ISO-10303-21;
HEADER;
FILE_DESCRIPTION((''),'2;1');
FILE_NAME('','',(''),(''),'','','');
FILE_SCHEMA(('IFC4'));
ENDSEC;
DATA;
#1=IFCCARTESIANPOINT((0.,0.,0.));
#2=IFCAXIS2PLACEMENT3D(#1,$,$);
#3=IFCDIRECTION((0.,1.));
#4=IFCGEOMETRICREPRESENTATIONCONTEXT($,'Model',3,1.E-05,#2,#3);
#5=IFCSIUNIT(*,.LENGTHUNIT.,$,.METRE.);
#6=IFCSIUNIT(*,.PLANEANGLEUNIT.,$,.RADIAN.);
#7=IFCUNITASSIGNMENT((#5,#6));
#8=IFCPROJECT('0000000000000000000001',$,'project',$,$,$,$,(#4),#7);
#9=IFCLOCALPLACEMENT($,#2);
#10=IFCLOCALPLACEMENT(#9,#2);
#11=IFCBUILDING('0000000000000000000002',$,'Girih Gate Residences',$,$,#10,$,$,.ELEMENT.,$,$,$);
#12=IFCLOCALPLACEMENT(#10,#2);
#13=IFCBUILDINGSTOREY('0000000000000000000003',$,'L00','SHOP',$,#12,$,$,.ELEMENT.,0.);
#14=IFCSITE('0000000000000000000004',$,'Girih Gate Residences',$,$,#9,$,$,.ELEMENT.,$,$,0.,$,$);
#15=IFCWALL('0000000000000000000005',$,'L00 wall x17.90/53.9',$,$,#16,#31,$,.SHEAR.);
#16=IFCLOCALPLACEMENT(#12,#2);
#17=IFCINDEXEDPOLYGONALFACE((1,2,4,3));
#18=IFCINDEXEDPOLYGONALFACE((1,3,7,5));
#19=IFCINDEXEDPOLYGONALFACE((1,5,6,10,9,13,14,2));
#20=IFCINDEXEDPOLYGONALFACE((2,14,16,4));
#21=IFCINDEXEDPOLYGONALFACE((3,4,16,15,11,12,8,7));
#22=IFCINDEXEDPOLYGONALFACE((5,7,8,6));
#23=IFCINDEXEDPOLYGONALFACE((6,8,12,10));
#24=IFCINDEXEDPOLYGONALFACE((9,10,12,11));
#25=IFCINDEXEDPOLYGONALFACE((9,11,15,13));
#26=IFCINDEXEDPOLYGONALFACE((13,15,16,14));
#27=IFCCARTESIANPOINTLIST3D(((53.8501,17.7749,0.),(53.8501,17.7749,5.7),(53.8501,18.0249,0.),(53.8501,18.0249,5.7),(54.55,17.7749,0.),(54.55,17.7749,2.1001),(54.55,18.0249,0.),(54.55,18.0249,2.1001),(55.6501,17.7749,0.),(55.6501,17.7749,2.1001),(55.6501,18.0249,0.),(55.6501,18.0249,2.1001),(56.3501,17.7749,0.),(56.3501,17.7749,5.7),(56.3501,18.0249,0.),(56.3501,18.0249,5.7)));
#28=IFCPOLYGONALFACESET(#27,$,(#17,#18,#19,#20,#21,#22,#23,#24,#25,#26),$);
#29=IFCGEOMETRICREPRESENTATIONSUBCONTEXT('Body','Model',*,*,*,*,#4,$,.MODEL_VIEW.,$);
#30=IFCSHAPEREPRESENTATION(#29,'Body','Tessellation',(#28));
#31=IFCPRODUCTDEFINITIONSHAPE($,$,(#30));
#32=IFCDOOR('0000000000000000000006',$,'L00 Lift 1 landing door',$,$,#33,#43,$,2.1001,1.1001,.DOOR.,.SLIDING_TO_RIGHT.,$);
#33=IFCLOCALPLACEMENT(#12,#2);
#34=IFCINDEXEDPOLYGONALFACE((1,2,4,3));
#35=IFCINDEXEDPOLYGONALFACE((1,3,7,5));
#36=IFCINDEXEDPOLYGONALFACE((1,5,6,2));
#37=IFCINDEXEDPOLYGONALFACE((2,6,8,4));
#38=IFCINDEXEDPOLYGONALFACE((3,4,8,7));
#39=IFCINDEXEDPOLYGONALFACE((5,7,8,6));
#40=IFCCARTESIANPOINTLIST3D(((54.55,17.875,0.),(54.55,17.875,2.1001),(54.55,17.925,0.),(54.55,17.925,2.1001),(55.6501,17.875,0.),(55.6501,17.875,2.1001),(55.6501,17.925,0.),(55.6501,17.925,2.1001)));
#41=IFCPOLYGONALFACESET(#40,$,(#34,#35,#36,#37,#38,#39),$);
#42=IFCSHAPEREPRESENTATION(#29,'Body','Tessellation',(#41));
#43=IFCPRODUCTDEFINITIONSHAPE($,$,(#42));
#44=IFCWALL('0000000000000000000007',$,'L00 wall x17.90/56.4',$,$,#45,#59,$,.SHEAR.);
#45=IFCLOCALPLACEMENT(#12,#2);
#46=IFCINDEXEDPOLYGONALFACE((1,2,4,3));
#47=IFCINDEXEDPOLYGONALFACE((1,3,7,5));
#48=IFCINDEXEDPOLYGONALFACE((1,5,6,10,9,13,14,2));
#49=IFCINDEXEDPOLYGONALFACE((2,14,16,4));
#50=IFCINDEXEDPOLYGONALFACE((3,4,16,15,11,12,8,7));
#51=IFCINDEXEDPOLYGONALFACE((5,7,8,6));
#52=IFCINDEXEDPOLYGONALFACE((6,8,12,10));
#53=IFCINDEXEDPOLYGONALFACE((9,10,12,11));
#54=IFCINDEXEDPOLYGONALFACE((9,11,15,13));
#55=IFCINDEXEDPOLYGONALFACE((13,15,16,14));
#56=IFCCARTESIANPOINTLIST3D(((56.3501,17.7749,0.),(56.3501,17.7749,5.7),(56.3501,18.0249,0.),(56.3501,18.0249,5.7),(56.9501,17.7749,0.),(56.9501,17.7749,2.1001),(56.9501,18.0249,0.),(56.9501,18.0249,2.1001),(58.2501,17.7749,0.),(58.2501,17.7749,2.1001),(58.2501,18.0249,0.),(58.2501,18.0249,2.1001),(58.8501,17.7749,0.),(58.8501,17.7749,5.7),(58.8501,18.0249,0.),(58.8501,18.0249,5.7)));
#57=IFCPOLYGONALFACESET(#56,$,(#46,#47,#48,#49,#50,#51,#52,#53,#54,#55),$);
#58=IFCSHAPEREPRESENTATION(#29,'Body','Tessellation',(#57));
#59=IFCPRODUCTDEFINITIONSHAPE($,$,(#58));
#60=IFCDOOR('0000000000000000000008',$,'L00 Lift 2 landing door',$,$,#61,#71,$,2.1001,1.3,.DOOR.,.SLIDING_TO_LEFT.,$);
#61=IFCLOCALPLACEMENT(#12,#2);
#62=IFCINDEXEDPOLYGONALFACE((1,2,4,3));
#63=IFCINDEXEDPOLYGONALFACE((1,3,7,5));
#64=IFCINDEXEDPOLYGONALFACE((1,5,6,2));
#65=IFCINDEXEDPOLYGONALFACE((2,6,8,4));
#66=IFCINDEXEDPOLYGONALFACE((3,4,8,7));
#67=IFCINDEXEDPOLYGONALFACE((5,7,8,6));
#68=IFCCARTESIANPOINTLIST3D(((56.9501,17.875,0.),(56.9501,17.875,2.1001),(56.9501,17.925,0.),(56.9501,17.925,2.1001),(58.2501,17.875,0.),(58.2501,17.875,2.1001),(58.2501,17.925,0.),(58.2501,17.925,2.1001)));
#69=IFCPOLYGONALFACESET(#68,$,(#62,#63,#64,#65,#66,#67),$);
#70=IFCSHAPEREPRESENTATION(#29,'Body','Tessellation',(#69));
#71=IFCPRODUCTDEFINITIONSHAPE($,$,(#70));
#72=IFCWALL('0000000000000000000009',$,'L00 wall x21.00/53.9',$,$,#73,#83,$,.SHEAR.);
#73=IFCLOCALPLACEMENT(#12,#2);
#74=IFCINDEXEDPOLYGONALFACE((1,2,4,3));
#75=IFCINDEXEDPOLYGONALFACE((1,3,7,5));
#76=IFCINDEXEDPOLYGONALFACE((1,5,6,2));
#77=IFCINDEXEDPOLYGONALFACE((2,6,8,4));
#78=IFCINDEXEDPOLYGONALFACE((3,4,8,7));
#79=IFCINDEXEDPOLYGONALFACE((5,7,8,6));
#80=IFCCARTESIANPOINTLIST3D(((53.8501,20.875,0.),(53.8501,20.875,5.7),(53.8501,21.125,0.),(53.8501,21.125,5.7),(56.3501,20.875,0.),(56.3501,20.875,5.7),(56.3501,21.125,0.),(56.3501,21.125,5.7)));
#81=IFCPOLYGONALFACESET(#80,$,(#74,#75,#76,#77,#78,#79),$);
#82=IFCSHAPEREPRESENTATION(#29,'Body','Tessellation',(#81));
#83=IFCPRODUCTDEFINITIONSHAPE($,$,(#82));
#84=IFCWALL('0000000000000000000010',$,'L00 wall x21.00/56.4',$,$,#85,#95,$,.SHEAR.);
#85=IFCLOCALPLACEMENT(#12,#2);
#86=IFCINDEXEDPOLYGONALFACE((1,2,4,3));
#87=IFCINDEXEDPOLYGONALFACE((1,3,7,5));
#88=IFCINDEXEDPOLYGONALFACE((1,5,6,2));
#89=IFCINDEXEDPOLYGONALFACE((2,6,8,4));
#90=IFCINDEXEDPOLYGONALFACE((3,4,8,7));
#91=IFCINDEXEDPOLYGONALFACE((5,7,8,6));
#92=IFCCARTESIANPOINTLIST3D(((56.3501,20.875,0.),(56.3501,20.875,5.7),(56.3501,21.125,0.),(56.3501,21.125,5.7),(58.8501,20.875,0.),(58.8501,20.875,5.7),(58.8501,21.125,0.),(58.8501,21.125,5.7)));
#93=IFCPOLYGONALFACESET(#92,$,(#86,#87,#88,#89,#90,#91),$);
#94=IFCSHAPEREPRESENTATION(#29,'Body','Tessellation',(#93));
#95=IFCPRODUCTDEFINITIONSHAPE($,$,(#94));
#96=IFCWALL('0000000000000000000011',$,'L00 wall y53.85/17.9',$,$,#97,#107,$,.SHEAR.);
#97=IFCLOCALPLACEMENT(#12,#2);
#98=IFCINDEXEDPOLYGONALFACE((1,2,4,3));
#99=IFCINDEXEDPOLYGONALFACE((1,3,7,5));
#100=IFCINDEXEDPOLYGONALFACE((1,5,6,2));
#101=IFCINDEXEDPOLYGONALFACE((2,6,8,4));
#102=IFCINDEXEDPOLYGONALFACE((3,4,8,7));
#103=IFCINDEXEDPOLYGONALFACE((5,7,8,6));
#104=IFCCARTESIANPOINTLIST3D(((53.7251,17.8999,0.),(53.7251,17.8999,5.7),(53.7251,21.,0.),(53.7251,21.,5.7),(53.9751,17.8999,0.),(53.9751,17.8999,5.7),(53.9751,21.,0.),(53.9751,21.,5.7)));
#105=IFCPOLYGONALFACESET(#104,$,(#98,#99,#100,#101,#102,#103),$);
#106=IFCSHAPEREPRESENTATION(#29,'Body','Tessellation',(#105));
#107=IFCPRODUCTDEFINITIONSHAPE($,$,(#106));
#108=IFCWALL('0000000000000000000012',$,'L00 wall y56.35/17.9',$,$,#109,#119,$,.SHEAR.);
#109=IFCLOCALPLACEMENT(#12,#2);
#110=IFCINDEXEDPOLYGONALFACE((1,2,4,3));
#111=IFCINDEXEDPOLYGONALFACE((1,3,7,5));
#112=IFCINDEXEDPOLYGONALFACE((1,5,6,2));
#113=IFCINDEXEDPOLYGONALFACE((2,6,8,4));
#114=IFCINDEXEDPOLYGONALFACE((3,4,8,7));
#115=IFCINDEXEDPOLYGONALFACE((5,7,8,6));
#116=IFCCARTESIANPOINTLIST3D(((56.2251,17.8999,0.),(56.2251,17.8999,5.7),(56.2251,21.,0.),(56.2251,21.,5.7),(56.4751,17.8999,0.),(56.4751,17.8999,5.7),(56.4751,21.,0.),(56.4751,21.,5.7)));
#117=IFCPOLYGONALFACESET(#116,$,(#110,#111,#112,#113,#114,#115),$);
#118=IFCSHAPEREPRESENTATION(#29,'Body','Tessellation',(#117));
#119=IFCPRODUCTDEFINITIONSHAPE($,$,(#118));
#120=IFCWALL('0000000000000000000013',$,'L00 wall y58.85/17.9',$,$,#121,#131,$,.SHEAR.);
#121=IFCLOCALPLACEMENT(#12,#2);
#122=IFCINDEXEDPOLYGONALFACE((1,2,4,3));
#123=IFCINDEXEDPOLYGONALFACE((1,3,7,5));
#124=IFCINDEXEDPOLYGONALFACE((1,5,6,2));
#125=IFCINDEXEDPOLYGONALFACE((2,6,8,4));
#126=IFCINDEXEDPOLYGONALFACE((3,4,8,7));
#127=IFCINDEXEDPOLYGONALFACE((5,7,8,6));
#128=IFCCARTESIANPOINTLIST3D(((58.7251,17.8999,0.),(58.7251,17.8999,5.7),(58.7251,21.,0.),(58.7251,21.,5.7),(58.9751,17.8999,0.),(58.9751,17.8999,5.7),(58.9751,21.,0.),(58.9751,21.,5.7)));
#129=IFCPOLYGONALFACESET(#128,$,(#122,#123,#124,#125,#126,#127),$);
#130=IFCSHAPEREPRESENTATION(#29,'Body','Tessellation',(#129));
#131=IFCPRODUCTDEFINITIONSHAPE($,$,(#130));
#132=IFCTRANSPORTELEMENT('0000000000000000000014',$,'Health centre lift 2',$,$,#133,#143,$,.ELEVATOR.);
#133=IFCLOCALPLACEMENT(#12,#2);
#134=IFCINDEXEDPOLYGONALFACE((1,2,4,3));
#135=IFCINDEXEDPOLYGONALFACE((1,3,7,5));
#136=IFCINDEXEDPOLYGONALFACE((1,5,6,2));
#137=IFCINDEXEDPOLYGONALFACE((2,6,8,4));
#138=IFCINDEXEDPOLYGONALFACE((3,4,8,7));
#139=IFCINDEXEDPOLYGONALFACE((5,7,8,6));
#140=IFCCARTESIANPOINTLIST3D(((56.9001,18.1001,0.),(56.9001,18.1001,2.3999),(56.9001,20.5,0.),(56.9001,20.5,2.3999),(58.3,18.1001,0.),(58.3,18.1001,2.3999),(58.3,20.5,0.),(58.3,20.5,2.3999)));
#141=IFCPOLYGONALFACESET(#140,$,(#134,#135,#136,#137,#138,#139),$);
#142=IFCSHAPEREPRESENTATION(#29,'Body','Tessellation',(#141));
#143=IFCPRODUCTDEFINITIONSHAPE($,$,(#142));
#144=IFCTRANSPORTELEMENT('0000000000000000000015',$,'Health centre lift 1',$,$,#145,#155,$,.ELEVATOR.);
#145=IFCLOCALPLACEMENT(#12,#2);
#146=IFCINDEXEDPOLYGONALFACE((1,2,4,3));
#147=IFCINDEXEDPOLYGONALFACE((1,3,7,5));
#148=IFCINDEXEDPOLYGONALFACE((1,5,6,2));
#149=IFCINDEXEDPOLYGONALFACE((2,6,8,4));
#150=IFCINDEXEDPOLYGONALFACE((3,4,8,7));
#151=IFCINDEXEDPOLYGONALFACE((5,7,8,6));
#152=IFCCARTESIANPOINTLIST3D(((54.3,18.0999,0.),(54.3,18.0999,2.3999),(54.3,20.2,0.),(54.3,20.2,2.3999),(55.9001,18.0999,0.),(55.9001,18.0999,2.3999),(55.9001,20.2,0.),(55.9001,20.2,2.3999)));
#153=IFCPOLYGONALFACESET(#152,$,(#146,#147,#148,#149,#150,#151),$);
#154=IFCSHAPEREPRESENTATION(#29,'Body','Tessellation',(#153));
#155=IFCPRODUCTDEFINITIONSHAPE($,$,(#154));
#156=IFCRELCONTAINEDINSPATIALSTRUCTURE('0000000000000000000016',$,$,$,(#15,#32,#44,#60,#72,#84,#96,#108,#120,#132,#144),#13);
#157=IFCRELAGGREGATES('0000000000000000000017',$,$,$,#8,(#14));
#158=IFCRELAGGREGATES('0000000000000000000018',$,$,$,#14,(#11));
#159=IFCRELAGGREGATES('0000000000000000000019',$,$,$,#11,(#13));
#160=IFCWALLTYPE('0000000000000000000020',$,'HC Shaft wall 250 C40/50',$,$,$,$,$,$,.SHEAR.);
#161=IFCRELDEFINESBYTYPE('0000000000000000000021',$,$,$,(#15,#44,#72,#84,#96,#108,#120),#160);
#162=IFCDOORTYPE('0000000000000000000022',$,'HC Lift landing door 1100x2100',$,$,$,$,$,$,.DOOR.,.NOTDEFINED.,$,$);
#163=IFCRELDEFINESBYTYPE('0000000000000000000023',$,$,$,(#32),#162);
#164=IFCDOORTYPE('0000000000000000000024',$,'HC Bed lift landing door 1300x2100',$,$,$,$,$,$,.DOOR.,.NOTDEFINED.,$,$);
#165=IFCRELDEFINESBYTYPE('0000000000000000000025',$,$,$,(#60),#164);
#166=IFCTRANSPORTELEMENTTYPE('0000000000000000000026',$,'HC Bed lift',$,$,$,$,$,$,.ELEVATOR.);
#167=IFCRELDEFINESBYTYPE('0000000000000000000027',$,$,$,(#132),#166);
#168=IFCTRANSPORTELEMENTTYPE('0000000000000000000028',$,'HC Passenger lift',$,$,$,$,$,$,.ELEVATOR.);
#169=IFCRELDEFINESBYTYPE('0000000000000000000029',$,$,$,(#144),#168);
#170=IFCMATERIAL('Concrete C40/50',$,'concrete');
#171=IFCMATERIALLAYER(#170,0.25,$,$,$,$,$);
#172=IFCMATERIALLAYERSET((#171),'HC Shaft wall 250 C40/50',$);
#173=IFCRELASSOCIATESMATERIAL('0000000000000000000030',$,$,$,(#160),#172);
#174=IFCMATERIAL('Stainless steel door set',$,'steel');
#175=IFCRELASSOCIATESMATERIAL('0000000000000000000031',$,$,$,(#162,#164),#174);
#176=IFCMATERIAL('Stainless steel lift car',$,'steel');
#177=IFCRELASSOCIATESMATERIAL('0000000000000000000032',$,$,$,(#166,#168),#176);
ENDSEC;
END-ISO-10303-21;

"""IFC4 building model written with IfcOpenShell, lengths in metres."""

from ifc_helpers import new_model, si_unit, direction, frame, frame_2d, origin, origin_2d, place, context, subcontext, project, spatial, rectangle, extrude, material, layer, layer_set, type_object, element, fill, save


model = new_model("IFC4")

# Units and contexts
model_context = context("Model", 3, precision=1e-05, world=origin(), true_north=direction((0.0, 1.0)))
body_context = subcontext(model_context, "Body", "Model", "MODEL_VIEW")
ifc_project = project(units=[si_unit("LENGTHUNIT", "METRE"), si_unit("PLANEANGLEUNIT", "RADIAN")], contexts=[model_context])

# Site, building, storey
site_placement = place(None, origin())
site = spatial("IfcSite", under=ifc_project, at=site_placement, Name="Girih Gate Residences", CompositionType="ELEMENT", RefElevation=0.0)
building_placement = place(site_placement, origin())
building = spatial("IfcBuilding", under=site, at=building_placement, Name="Girih Gate Residences", CompositionType="ELEMENT")
storey_placement = place(building_placement, origin())
storey = spatial("IfcBuildingStorey", under=building, at=storey_placement, Name="L00", Description="SHOP", CompositionType="ELEMENT", Elevation=0.0)

# Shared definitions
ifc_material_1 = material(Name="Concrete C40/50", Category="concrete")

# Walls, openings, doors
ifc_layer_1 = layer(ifc_material_1, 0.25)
ifc_layer_set_1 = layer_set([ifc_layer_1], Name="HC Shaft wall 250 C40/50")
wall_type_1 = type_object("IfcWallType", Name="HC Shaft wall 250 C40/50", PredefinedType="SHEAR", material=ifc_layer_set_1)
wall_1_placement = place(storey_placement, frame((56.3501, 17.8999, 0.0), z_axis=(0.0, 0.0, 1.0), x_axis=(-1.0, 0.0, 0.0)))
wall_1 = element("IfcWall", 1, at=wall_1_placement, inside=storey, type_object=wall_type_1, Name="L00 wall x17.90/53.9", PredefinedType="SHEAR", context=body_context, shape_type="SweptSolid", body=[
    extrude(rectangle(XDim=2.5, YDim=0.25, at=frame_2d((1.25, 0.0))), origin(), (0.0, 0.0, 1.0), 5.7),
])
opening_1_placement = place(wall_1_placement, frame((0.7, 0.0, 0.0)))
opening_1 = element("IfcOpeningElement", 2, at=opening_1_placement, cuts=wall_1, PredefinedType="OPENING", context=body_context, shape_type="SweptSolid", body=[
    extrude(rectangle(XDim=1.1001, YDim=2.1001, at=frame_2d((0.55, 1.05))), frame((0.0, 0.135, 0.0), z_axis=(0.0, -1.0, 0.0), x_axis=(1.0, 0.0, 0.0)), (0.0, 0.0, 1.0), 0.27),
])
ifc_material_2 = material(Name="Stainless steel door set", Category="steel")
door_type_1 = type_object("IfcDoorType", Name="HC Lift landing door 1100x2100", OperationType="NOTDEFINED", PredefinedType="DOOR", material=ifc_material_2)
door_1_placement = place(opening_1_placement, origin())
door_1 = element("IfcDoor", 3, at=door_1_placement, inside=storey, type_object=door_type_1, Name="L00 Lift 1 landing door", OperationType="SLIDING_TO_RIGHT", OverallHeight=2.1001, OverallWidth=1.1001, PredefinedType="DOOR", context=body_context, shape_type="SweptSolid", body=[
    extrude(rectangle(XDim=1.1001, YDim=2.1001, at=frame_2d((0.55, 1.05))), frame((0.0, 0.0249, 0.0), z_axis=(0.0, -1.0, 0.0), x_axis=(1.0, 0.0, 0.0)), (0.0, 0.0, 1.0), 0.05),
])
fill(opening_1, door_1)
wall_2_placement = place(storey_placement, frame((58.8501, 17.8999, 0.0), z_axis=(0.0, 0.0, 1.0), x_axis=(-1.0, 0.0, 0.0)))
wall_2 = element("IfcWall", 4, at=wall_2_placement, inside=storey, type_object=wall_type_1, Name="L00 wall x17.90/56.4", PredefinedType="SHEAR", context=body_context, shape_type="SweptSolid", body=[
    extrude(rectangle(XDim=2.5, YDim=0.25, at=frame_2d((1.25, 0.0))), origin(), (0.0, 0.0, 1.0), 5.7),
])
opening_2_placement = place(wall_2_placement, frame((0.6001, 0.0, 0.0)))
opening_2 = element("IfcOpeningElement", 5, at=opening_2_placement, cuts=wall_2, PredefinedType="OPENING", context=body_context, shape_type="SweptSolid", body=[
    extrude(rectangle(XDim=1.3, YDim=2.1001, at=frame_2d((0.6499, 1.05))), frame((0.0, 0.135, 0.0), z_axis=(0.0, -1.0, 0.0), x_axis=(1.0, 0.0, 0.0)), (0.0, 0.0, 1.0), 0.27),
])
door_type_2 = type_object("IfcDoorType", Name="HC Bed lift landing door 1300x2100", OperationType="NOTDEFINED", PredefinedType="DOOR", material=ifc_material_2)
door_2_placement = place(opening_2_placement, origin())
door_2 = element("IfcDoor", 6, at=door_2_placement, inside=storey, type_object=door_type_2, Name="L00 Lift 2 landing door", OperationType="SLIDING_TO_LEFT", OverallHeight=2.1001, OverallWidth=1.3, PredefinedType="DOOR", context=body_context, shape_type="SweptSolid", body=[
    extrude(rectangle(XDim=1.3, YDim=2.1001, at=frame_2d((0.6499, 1.05))), frame((0.0, 0.0249, 0.0), z_axis=(0.0, -1.0, 0.0), x_axis=(1.0, 0.0, 0.0)), (0.0, 0.0, 1.0), 0.05),
])
fill(opening_2, door_2)

# Walls
for number, where, z_axis, x_axis, name in (
    (7, (53.8501, 21.0, 0.0), (0.0, 0.0, 1.0), (1.0, 0.0, 0.0), "L00 wall x21.00/53.9"),
    (8, (56.3501, 21.0, 0.0), (0.0, 0.0, 1.0), (1.0, 0.0, 0.0), "L00 wall x21.00/56.4"),
):
    element("IfcWall", number, at=place(storey_placement, frame(where, z_axis=z_axis, x_axis=x_axis)), inside=storey, type_object=wall_type_1, Name=name, PredefinedType="SHEAR", context=body_context, shape_type="SweptSolid", body=[
        extrude(rectangle(XDim=2.5, YDim=0.25, at=frame_2d((1.25, 0.0))), origin(), (0.0, 0.0, 1.0), 5.7),
    ])
for number, where, z_axis, x_axis, name in (
    (9, (53.8501, 17.8999, 0.0), (0.0, 0.0, 1.0), (0.0, 1.0, 0.0), "L00 wall y53.85/17.9"),
    (10, (56.3501, 17.8999, 0.0), (0.0, 0.0, 1.0), (0.0, 1.0, 0.0), "L00 wall y56.35/17.9"),
    (11, (58.8501, 17.8999, 0.0), (0.0, 0.0, 1.0), (0.0, 1.0, 0.0), "L00 wall y58.85/17.9"),
):
    element("IfcWall", number, at=place(storey_placement, frame(where, z_axis=z_axis, x_axis=x_axis)), inside=storey, type_object=wall_type_1, Name=name, PredefinedType="SHEAR", context=body_context, shape_type="SweptSolid", body=[
        extrude(rectangle(XDim=3.1001, YDim=0.25, at=frame_2d((1.55, 0.0))), origin(), (0.0, 0.0, 1.0), 5.7),
    ])

# Transport elements
ifc_material_3 = material(Name="Stainless steel lift car", Category="steel")
transport_element_type_1 = type_object("IfcTransportElementType", Name="HC Bed lift", PredefinedType="ELEVATOR", material=ifc_material_3)
transport_element_1_placement = place(storey_placement, frame((57.6001, 19.3, 0.0), z_axis=(0.0, 0.0, 1.0), x_axis=(1.0, 0.0, 0.0)))
element("IfcTransportElement", 12, at=transport_element_1_placement, inside=storey, type_object=transport_element_type_1, Name="Health centre lift 2", PredefinedType="ELEVATOR", context=body_context, shape_type="SweptSolid", body=[
    extrude(rectangle(XDim=1.3999, YDim=2.3999, at=origin_2d()), origin(), (0.0, 0.0, 1.0), 2.3999),
])
transport_element_type_2 = type_object("IfcTransportElementType", Name="HC Passenger lift", PredefinedType="ELEVATOR", material=ifc_material_3)
transport_element_2_placement = place(storey_placement, frame((55.1001, 19.1499, 0.0), z_axis=(0.0, 0.0, 1.0), x_axis=(1.0, 0.0, 0.0)))
element("IfcTransportElement", 13, at=transport_element_2_placement, inside=storey, type_object=transport_element_type_2, Name="Health centre lift 1", PredefinedType="ELEVATOR", context=body_context, shape_type="SweptSolid", body=[
    extrude(rectangle(XDim=1.6001, YDim=2.1001, at=origin_2d()), origin(), (0.0, 0.0, 1.0), 2.3999),
])

save(model, "model.ifc")
